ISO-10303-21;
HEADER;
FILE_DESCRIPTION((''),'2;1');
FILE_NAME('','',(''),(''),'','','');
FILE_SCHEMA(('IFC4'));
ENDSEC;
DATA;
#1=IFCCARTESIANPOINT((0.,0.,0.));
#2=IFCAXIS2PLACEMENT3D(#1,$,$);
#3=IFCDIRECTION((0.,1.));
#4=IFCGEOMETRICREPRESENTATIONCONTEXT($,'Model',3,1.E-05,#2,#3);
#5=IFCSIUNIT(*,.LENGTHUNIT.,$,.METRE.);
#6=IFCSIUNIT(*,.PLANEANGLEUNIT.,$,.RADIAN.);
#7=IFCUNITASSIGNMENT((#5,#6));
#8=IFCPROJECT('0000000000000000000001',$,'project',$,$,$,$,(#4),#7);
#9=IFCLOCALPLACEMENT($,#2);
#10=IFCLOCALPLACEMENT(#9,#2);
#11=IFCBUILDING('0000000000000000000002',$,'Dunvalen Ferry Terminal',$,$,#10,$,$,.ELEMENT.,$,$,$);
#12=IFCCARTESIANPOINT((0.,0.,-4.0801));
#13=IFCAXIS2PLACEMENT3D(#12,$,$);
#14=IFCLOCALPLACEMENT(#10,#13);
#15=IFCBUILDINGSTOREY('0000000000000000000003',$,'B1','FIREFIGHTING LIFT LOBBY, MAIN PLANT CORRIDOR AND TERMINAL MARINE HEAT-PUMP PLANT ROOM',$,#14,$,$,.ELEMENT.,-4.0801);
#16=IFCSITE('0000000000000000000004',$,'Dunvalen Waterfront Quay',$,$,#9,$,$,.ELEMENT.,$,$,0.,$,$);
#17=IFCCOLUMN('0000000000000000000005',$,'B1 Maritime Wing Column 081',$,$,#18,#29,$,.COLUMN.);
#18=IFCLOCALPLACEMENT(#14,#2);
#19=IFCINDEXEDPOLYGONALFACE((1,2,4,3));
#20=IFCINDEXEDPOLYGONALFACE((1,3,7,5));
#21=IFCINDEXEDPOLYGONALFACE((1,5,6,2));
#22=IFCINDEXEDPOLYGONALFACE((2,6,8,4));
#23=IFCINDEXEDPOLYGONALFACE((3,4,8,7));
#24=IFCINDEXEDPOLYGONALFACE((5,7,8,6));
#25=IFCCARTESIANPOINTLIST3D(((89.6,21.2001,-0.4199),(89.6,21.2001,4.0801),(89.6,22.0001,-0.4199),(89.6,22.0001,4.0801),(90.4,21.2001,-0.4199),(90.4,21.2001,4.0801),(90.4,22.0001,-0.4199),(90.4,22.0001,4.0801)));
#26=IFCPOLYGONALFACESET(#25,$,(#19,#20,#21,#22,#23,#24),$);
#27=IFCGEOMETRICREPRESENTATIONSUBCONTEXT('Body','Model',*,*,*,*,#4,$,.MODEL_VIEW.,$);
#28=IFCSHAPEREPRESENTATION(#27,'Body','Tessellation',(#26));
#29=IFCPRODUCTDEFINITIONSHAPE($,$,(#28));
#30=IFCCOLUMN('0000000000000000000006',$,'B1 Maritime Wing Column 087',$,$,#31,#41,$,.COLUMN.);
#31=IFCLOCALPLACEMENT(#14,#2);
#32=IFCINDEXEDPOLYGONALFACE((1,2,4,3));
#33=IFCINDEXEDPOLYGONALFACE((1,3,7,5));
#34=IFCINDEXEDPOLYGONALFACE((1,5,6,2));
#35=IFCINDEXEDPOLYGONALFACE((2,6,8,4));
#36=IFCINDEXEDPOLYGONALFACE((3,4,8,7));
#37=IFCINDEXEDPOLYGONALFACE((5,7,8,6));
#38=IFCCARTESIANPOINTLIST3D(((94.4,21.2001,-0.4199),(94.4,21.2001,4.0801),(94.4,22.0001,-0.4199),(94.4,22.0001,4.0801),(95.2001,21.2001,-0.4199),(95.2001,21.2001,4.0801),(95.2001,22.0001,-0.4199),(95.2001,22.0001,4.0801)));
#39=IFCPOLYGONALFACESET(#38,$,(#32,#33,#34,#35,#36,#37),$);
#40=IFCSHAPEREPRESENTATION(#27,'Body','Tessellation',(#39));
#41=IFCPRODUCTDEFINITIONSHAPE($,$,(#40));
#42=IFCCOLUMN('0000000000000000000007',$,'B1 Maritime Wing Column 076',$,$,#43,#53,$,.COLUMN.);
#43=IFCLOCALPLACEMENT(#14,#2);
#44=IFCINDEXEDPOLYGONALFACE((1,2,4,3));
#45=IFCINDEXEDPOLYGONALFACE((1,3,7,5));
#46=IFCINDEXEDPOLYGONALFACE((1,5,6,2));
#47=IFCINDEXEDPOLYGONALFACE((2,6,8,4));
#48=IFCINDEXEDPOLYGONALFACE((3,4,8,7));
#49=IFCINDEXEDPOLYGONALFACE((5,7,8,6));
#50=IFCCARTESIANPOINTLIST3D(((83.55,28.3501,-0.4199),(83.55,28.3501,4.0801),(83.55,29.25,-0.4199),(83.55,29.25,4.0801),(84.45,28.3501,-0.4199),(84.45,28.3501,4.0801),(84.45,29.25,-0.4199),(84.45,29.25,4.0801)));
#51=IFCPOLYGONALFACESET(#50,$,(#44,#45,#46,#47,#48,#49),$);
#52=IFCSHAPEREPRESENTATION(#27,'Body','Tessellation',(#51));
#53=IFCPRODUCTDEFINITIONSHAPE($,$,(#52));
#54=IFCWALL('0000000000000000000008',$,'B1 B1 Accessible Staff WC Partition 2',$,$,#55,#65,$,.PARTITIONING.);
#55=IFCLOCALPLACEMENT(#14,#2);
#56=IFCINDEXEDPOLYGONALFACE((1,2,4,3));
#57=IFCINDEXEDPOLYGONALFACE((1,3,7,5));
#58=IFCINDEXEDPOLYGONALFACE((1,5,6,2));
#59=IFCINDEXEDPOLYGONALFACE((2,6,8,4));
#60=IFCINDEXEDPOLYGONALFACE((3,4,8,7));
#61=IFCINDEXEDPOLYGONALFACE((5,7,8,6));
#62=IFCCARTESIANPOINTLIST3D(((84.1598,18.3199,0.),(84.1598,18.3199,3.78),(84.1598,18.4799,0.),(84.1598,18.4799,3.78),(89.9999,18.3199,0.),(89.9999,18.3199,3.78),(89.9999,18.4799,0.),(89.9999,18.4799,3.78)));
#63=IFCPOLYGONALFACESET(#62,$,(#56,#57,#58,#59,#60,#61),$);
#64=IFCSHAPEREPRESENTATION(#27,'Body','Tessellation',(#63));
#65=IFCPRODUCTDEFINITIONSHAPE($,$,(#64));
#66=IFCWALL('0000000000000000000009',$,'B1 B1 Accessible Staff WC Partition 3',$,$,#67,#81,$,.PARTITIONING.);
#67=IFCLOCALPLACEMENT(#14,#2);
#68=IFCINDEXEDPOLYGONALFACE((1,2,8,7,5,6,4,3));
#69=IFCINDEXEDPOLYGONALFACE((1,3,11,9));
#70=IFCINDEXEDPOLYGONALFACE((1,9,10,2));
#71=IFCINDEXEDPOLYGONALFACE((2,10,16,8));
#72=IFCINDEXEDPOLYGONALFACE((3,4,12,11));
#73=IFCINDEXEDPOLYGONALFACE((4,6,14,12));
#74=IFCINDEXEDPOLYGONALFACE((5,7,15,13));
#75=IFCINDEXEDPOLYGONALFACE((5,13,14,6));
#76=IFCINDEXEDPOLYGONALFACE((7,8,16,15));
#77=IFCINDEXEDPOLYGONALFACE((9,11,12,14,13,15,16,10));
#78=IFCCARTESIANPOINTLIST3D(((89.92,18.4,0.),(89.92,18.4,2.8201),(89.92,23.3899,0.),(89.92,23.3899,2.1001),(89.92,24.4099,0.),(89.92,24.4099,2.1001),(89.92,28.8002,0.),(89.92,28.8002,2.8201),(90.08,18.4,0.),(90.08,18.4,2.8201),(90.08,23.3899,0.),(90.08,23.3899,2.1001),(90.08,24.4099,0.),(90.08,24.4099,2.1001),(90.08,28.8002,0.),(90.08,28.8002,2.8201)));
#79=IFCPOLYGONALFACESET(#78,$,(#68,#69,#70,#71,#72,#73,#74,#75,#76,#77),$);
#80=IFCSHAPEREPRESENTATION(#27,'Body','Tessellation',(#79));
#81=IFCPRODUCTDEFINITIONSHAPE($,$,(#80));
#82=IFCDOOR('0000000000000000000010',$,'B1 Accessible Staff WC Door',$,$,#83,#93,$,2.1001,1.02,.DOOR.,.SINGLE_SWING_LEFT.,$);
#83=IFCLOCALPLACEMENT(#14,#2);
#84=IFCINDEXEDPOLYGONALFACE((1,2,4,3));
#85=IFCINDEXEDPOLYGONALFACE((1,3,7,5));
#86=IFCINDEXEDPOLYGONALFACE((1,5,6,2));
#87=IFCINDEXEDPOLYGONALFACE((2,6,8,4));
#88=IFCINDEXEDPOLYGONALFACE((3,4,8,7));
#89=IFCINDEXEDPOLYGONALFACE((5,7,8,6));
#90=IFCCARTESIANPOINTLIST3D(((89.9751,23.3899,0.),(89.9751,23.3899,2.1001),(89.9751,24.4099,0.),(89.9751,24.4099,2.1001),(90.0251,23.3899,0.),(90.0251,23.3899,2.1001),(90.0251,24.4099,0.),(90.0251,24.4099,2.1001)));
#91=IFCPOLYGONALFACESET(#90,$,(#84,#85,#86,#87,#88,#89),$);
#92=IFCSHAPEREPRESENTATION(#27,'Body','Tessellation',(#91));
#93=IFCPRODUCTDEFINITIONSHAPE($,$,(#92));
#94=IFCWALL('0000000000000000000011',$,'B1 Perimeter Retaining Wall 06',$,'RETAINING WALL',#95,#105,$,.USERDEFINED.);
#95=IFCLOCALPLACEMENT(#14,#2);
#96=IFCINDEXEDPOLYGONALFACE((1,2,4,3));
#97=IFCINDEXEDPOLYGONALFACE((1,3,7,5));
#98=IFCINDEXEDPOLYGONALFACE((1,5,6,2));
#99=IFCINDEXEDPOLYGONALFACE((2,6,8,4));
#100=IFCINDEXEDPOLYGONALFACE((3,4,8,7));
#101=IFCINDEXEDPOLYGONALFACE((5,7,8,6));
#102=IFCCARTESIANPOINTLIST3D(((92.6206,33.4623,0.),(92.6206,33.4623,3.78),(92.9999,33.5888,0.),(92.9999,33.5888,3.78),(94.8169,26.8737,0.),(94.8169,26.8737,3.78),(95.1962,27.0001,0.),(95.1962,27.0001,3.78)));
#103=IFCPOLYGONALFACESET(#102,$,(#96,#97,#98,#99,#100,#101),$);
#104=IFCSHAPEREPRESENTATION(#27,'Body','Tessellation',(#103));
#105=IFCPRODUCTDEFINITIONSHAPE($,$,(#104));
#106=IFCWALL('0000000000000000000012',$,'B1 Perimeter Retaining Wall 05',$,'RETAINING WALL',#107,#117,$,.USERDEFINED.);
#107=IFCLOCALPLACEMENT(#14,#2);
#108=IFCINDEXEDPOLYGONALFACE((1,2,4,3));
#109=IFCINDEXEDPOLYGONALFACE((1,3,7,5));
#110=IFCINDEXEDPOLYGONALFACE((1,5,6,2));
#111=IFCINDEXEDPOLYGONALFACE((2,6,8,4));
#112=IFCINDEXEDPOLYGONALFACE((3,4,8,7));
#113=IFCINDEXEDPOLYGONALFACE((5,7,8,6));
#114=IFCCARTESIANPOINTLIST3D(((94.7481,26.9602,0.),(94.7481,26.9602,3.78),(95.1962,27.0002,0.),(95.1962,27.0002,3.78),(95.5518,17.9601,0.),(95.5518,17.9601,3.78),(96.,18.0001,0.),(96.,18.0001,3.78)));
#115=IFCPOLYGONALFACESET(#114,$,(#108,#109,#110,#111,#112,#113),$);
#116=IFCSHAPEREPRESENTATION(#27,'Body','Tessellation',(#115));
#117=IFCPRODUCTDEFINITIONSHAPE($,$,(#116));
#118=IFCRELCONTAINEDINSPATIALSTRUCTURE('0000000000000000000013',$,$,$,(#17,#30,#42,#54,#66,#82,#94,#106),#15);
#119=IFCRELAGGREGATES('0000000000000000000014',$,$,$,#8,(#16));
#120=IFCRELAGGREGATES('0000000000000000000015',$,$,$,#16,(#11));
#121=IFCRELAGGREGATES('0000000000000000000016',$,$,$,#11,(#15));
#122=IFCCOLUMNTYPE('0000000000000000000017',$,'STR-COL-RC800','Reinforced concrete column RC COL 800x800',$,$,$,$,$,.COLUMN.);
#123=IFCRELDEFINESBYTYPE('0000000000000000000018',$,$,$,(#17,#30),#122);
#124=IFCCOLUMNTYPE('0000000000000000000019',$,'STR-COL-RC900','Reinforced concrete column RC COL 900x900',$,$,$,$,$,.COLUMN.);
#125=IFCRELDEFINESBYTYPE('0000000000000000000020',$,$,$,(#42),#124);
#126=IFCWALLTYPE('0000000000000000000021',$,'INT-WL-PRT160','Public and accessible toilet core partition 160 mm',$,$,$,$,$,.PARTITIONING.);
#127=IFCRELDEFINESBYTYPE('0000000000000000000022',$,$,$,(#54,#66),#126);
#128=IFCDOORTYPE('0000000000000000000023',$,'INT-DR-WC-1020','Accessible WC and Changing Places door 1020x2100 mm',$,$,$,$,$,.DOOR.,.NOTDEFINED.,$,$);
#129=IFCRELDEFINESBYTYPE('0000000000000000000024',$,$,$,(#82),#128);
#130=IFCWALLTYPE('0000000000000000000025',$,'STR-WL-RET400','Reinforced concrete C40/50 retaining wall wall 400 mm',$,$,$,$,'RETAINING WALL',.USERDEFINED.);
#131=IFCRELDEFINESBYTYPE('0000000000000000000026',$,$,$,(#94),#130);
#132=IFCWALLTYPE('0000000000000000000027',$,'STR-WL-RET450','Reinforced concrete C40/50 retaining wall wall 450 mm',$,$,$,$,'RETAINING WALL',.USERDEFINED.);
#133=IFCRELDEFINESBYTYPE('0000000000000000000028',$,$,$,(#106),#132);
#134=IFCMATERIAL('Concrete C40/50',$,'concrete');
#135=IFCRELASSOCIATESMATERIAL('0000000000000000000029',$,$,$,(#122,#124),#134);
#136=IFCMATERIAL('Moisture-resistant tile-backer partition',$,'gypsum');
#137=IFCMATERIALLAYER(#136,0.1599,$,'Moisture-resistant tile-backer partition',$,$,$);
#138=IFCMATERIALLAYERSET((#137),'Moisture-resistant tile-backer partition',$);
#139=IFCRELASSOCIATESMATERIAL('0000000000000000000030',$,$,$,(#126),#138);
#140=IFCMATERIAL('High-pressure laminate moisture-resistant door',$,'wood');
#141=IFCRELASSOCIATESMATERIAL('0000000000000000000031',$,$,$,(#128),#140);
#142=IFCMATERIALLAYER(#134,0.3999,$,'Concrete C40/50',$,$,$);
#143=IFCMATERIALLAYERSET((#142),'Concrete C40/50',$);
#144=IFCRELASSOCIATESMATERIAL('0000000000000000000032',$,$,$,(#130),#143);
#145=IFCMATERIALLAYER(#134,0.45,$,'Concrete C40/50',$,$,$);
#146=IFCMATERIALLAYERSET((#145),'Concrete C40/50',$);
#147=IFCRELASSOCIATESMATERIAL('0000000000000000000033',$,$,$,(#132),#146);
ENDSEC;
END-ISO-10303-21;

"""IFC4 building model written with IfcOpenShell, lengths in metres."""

from ifc_helpers import new_model, si_unit, direction, frame, frame_2d, origin, origin_2d, place, context, subcontext, project, spatial, rectangle, extrude, material, layer, layer_set, material_profile, profile_set, type_object, element, fill, save


model = new_model("IFC4")

# Units and contexts
model_context = context("Model", 3, precision=1e-05, world=origin(), true_north=direction((0.0, 1.0)))
body_context = subcontext(model_context, "Body", "Model", "MODEL_VIEW")
ifc_project = project(units=[si_unit("LENGTHUNIT", "METRE"), si_unit("PLANEANGLEUNIT", "RADIAN")], contexts=[model_context])

# Site, building, storey
site_placement = place(None, origin())
site = spatial("IfcSite", under=ifc_project, at=site_placement, Name="Dunvalen Waterfront Quay", CompositionType="ELEMENT", RefElevation=0.0)
building_placement = place(site_placement, origin())
building = spatial("IfcBuilding", under=site, at=building_placement, Name="Dunvalen Ferry Terminal", CompositionType="ELEMENT")
storey_placement = place(building_placement, frame((0.0, 0.0, -4.0801)))
storey = spatial("IfcBuildingStorey", under=building, at=storey_placement, Name="B1", Description="FIREFIGHTING LIFT LOBBY, MAIN PLANT CORRIDOR AND TERMINAL MARINE HEAT-PUMP PLANT ROOM", CompositionType="ELEMENT", Elevation=-4.0801)

# Shared definitions
ifc_material_1 = material(Name="Concrete C40/50", Category="concrete")

# Columns
ifc_material_profile_1 = material_profile(ifc_material_1, rectangle(XDim=0.8, YDim=0.8, at=origin_2d()), Name="Concrete C40/50")
ifc_profile_set_1 = profile_set([ifc_material_profile_1], Name="Concrete C40/50")
column_type_1 = type_object("IfcColumnType", Name="STR-COL-RC800", Description="Reinforced concrete column RC COL 800x800", PredefinedType="COLUMN", material=ifc_profile_set_1)
for number, where, z_axis, x_axis, name in (
    (1, (90.0, 21.6001, -0.4199), (0.0, 0.0, 1.0), (1.0, 0.0, 0.0), "B1 Maritime Wing Column 081"),
    (2, (94.8, 21.6001, -0.4199), (0.0, 0.0, 1.0), (1.0, 0.0, 0.0), "B1 Maritime Wing Column 087"),
):
    element("IfcColumn", number, at=place(storey_placement, frame(where, z_axis=z_axis, x_axis=x_axis)), inside=storey, type_object=column_type_1, Name=name, PredefinedType="COLUMN", context=body_context, shape_type="SweptSolid", body=[
        extrude(rectangle(XDim=0.8, YDim=0.8, at=origin_2d()), origin(), (0.0, 0.0, 1.0), 4.5),
    ])
ifc_material_profile_2 = material_profile(ifc_material_1, rectangle(XDim=0.8999, YDim=0.8999, at=origin_2d()), Name="Concrete C40/50")
ifc_profile_set_2 = profile_set([ifc_material_profile_2], Name="Concrete C40/50")
column_type_2 = type_object("IfcColumnType", Name="STR-COL-RC900", Description="Reinforced concrete column RC COL 900x900", PredefinedType="COLUMN", material=ifc_profile_set_2)
column_placement = place(storey_placement, frame((84.0, 28.8, -0.4199), z_axis=(0.0, 0.0, 1.0), x_axis=(1.0, 0.0, 0.0)))
element("IfcColumn", 3, at=column_placement, inside=storey, type_object=column_type_2, Name="B1 Maritime Wing Column 076", PredefinedType="COLUMN", context=body_context, shape_type="SweptSolid", body=[
    extrude(rectangle(XDim=0.8999, YDim=0.8999, at=origin_2d()), origin(), (0.0, 0.0, 1.0), 4.5),
])

# Wall
ifc_material_2 = material(Name="Moisture-resistant tile-backer partition", Category="gypsum")
ifc_layer_1 = layer(ifc_material_2, 0.1599, Name="Moisture-resistant tile-backer partition")
ifc_layer_set_1 = layer_set([ifc_layer_1], Name="Moisture-resistant tile-backer partition")
wall_type_1 = type_object("IfcWallType", Name="INT-WL-PRT160", Description="Public and accessible toilet core partition 160 mm", PredefinedType="PARTITIONING", material=ifc_layer_set_1)
wall_1_placement = place(storey_placement, frame((84.1599, 18.3999, 0.0), z_axis=(0.0, 0.0, 1.0), x_axis=(1.0, 0.0, 0.0)))
element("IfcWall", 4, at=wall_1_placement, inside=storey, type_object=wall_type_1, Name="B1 B1 Accessible Staff WC Partition 2", PredefinedType="PARTITIONING", context=body_context, shape_type="SweptSolid", body=[
    extrude(rectangle(XDim=5.8401, YDim=0.1599, at=frame_2d((2.9199, 0.0))), origin(), (0.0, 0.0, 1.0), 3.78),
])

# Wall, opening, door
wall_2_placement = place(storey_placement, frame((90.0, 18.3999, 0.0), z_axis=(0.0, 0.0, 1.0), x_axis=(0.0, 1.0, 0.0)))
wall_2 = element("IfcWall", 5, at=wall_2_placement, inside=storey, type_object=wall_type_1, Name="B1 B1 Accessible Staff WC Partition 3", PredefinedType="PARTITIONING", context=body_context, shape_type="SweptSolid", body=[
    extrude(rectangle(XDim=10.4001, YDim=0.1599, at=frame_2d((5.2002, 0.0))), origin(), (0.0, 0.0, 1.0), 2.8201),
])
opening_placement = place(wall_2_placement, frame((4.99, 0.0, 0.0)))
opening = element("IfcOpeningElement", 6, at=opening_placement, cuts=wall_2, PredefinedType="OPENING", context=body_context, shape_type="SweptSolid", body=[
    extrude(rectangle(XDim=1.02, YDim=2.1001, at=frame_2d((0.51, 1.05))), frame((0.0, 0.0898, 0.0), z_axis=(0.0, -1.0, 0.0), x_axis=(1.0, 0.0, 0.0)), (0.0, 0.0, 1.0), 0.1799),
])
ifc_material_3 = material(Name="High-pressure laminate moisture-resistant door", Category="wood")
door_type = type_object("IfcDoorType", Name="INT-DR-WC-1020", Description="Accessible WC and Changing Places door 1020x2100 mm", OperationType="NOTDEFINED", PredefinedType="DOOR", material=ifc_material_3)
door_placement = place(opening_placement, origin())
door = element("IfcDoor", 7, at=door_placement, inside=storey, type_object=door_type, Name="B1 Accessible Staff WC Door", OperationType="SINGLE_SWING_LEFT", OverallHeight=2.1001, OverallWidth=1.02, PredefinedType="DOOR", context=body_context, shape_type="SweptSolid", body=[
    extrude(rectangle(XDim=1.02, YDim=2.1001, at=frame_2d((0.51, 1.05))), frame((0.0, 0.0249, 0.0), z_axis=(0.0, -1.0, 0.0), x_axis=(1.0, 0.0, 0.0)), (0.0, 0.0, 1.0), 0.05),
])
fill(opening, door)

# Walls
ifc_layer_2 = layer(ifc_material_1, 0.3999, Name="Concrete C40/50")
ifc_layer_set_2 = layer_set([ifc_layer_2], Name="Concrete C40/50")
wall_type_2 = type_object("IfcWallType", Name="STR-WL-RET400", Description="Reinforced concrete C40/50 retaining wall wall 400 mm", ElementType="RETAINING WALL", PredefinedType="USERDEFINED", material=ifc_layer_set_2)
wall_3_placement = place(storey_placement, frame((95.0066, 26.9368, 0.0), z_axis=(0.0, 0.0, 1.0), x_axis=(-0.316238, 0.94868, 0.0)))
element("IfcWall", 8, at=wall_3_placement, inside=storey, type_object=wall_type_2, Name="B1 Perimeter Retaining Wall 06", ObjectType="RETAINING WALL", PredefinedType="USERDEFINED", context=body_context, shape_type="SweptSolid", body=[
    extrude(rectangle(XDim=6.9451, YDim=0.3999, at=frame_2d((3.4727, 0.0))), origin(), (0.0, 0.0, 1.0), 3.78),
])
ifc_layer_3 = layer(ifc_material_1, 0.45, Name="Concrete C40/50")
ifc_layer_set_3 = layer_set([ifc_layer_3], Name="Concrete C40/50")
wall_type_3 = type_object("IfcWallType", Name="STR-WL-RET450", Description="Reinforced concrete C40/50 retaining wall wall 450 mm", ElementType="RETAINING WALL", PredefinedType="USERDEFINED", material=ifc_layer_set_3)
wall_4_placement = place(storey_placement, frame((95.7759, 17.98, 0.0), z_axis=(0.0, 0.0, 1.0), x_axis=(-0.088947, 0.996036, 0.0)))
element("IfcWall", 9, at=wall_4_placement, inside=storey, type_object=wall_type_3, Name="B1 Perimeter Retaining Wall 05", ObjectType="RETAINING WALL", PredefinedType="USERDEFINED", context=body_context, shape_type="SweptSolid", body=[
    extrude(rectangle(XDim=9.0359, YDim=0.45, at=frame_2d((4.5181, 0.0))), origin(), (0.0, 0.0, 1.0), 3.78),
])

save(model, "model.ifc")
